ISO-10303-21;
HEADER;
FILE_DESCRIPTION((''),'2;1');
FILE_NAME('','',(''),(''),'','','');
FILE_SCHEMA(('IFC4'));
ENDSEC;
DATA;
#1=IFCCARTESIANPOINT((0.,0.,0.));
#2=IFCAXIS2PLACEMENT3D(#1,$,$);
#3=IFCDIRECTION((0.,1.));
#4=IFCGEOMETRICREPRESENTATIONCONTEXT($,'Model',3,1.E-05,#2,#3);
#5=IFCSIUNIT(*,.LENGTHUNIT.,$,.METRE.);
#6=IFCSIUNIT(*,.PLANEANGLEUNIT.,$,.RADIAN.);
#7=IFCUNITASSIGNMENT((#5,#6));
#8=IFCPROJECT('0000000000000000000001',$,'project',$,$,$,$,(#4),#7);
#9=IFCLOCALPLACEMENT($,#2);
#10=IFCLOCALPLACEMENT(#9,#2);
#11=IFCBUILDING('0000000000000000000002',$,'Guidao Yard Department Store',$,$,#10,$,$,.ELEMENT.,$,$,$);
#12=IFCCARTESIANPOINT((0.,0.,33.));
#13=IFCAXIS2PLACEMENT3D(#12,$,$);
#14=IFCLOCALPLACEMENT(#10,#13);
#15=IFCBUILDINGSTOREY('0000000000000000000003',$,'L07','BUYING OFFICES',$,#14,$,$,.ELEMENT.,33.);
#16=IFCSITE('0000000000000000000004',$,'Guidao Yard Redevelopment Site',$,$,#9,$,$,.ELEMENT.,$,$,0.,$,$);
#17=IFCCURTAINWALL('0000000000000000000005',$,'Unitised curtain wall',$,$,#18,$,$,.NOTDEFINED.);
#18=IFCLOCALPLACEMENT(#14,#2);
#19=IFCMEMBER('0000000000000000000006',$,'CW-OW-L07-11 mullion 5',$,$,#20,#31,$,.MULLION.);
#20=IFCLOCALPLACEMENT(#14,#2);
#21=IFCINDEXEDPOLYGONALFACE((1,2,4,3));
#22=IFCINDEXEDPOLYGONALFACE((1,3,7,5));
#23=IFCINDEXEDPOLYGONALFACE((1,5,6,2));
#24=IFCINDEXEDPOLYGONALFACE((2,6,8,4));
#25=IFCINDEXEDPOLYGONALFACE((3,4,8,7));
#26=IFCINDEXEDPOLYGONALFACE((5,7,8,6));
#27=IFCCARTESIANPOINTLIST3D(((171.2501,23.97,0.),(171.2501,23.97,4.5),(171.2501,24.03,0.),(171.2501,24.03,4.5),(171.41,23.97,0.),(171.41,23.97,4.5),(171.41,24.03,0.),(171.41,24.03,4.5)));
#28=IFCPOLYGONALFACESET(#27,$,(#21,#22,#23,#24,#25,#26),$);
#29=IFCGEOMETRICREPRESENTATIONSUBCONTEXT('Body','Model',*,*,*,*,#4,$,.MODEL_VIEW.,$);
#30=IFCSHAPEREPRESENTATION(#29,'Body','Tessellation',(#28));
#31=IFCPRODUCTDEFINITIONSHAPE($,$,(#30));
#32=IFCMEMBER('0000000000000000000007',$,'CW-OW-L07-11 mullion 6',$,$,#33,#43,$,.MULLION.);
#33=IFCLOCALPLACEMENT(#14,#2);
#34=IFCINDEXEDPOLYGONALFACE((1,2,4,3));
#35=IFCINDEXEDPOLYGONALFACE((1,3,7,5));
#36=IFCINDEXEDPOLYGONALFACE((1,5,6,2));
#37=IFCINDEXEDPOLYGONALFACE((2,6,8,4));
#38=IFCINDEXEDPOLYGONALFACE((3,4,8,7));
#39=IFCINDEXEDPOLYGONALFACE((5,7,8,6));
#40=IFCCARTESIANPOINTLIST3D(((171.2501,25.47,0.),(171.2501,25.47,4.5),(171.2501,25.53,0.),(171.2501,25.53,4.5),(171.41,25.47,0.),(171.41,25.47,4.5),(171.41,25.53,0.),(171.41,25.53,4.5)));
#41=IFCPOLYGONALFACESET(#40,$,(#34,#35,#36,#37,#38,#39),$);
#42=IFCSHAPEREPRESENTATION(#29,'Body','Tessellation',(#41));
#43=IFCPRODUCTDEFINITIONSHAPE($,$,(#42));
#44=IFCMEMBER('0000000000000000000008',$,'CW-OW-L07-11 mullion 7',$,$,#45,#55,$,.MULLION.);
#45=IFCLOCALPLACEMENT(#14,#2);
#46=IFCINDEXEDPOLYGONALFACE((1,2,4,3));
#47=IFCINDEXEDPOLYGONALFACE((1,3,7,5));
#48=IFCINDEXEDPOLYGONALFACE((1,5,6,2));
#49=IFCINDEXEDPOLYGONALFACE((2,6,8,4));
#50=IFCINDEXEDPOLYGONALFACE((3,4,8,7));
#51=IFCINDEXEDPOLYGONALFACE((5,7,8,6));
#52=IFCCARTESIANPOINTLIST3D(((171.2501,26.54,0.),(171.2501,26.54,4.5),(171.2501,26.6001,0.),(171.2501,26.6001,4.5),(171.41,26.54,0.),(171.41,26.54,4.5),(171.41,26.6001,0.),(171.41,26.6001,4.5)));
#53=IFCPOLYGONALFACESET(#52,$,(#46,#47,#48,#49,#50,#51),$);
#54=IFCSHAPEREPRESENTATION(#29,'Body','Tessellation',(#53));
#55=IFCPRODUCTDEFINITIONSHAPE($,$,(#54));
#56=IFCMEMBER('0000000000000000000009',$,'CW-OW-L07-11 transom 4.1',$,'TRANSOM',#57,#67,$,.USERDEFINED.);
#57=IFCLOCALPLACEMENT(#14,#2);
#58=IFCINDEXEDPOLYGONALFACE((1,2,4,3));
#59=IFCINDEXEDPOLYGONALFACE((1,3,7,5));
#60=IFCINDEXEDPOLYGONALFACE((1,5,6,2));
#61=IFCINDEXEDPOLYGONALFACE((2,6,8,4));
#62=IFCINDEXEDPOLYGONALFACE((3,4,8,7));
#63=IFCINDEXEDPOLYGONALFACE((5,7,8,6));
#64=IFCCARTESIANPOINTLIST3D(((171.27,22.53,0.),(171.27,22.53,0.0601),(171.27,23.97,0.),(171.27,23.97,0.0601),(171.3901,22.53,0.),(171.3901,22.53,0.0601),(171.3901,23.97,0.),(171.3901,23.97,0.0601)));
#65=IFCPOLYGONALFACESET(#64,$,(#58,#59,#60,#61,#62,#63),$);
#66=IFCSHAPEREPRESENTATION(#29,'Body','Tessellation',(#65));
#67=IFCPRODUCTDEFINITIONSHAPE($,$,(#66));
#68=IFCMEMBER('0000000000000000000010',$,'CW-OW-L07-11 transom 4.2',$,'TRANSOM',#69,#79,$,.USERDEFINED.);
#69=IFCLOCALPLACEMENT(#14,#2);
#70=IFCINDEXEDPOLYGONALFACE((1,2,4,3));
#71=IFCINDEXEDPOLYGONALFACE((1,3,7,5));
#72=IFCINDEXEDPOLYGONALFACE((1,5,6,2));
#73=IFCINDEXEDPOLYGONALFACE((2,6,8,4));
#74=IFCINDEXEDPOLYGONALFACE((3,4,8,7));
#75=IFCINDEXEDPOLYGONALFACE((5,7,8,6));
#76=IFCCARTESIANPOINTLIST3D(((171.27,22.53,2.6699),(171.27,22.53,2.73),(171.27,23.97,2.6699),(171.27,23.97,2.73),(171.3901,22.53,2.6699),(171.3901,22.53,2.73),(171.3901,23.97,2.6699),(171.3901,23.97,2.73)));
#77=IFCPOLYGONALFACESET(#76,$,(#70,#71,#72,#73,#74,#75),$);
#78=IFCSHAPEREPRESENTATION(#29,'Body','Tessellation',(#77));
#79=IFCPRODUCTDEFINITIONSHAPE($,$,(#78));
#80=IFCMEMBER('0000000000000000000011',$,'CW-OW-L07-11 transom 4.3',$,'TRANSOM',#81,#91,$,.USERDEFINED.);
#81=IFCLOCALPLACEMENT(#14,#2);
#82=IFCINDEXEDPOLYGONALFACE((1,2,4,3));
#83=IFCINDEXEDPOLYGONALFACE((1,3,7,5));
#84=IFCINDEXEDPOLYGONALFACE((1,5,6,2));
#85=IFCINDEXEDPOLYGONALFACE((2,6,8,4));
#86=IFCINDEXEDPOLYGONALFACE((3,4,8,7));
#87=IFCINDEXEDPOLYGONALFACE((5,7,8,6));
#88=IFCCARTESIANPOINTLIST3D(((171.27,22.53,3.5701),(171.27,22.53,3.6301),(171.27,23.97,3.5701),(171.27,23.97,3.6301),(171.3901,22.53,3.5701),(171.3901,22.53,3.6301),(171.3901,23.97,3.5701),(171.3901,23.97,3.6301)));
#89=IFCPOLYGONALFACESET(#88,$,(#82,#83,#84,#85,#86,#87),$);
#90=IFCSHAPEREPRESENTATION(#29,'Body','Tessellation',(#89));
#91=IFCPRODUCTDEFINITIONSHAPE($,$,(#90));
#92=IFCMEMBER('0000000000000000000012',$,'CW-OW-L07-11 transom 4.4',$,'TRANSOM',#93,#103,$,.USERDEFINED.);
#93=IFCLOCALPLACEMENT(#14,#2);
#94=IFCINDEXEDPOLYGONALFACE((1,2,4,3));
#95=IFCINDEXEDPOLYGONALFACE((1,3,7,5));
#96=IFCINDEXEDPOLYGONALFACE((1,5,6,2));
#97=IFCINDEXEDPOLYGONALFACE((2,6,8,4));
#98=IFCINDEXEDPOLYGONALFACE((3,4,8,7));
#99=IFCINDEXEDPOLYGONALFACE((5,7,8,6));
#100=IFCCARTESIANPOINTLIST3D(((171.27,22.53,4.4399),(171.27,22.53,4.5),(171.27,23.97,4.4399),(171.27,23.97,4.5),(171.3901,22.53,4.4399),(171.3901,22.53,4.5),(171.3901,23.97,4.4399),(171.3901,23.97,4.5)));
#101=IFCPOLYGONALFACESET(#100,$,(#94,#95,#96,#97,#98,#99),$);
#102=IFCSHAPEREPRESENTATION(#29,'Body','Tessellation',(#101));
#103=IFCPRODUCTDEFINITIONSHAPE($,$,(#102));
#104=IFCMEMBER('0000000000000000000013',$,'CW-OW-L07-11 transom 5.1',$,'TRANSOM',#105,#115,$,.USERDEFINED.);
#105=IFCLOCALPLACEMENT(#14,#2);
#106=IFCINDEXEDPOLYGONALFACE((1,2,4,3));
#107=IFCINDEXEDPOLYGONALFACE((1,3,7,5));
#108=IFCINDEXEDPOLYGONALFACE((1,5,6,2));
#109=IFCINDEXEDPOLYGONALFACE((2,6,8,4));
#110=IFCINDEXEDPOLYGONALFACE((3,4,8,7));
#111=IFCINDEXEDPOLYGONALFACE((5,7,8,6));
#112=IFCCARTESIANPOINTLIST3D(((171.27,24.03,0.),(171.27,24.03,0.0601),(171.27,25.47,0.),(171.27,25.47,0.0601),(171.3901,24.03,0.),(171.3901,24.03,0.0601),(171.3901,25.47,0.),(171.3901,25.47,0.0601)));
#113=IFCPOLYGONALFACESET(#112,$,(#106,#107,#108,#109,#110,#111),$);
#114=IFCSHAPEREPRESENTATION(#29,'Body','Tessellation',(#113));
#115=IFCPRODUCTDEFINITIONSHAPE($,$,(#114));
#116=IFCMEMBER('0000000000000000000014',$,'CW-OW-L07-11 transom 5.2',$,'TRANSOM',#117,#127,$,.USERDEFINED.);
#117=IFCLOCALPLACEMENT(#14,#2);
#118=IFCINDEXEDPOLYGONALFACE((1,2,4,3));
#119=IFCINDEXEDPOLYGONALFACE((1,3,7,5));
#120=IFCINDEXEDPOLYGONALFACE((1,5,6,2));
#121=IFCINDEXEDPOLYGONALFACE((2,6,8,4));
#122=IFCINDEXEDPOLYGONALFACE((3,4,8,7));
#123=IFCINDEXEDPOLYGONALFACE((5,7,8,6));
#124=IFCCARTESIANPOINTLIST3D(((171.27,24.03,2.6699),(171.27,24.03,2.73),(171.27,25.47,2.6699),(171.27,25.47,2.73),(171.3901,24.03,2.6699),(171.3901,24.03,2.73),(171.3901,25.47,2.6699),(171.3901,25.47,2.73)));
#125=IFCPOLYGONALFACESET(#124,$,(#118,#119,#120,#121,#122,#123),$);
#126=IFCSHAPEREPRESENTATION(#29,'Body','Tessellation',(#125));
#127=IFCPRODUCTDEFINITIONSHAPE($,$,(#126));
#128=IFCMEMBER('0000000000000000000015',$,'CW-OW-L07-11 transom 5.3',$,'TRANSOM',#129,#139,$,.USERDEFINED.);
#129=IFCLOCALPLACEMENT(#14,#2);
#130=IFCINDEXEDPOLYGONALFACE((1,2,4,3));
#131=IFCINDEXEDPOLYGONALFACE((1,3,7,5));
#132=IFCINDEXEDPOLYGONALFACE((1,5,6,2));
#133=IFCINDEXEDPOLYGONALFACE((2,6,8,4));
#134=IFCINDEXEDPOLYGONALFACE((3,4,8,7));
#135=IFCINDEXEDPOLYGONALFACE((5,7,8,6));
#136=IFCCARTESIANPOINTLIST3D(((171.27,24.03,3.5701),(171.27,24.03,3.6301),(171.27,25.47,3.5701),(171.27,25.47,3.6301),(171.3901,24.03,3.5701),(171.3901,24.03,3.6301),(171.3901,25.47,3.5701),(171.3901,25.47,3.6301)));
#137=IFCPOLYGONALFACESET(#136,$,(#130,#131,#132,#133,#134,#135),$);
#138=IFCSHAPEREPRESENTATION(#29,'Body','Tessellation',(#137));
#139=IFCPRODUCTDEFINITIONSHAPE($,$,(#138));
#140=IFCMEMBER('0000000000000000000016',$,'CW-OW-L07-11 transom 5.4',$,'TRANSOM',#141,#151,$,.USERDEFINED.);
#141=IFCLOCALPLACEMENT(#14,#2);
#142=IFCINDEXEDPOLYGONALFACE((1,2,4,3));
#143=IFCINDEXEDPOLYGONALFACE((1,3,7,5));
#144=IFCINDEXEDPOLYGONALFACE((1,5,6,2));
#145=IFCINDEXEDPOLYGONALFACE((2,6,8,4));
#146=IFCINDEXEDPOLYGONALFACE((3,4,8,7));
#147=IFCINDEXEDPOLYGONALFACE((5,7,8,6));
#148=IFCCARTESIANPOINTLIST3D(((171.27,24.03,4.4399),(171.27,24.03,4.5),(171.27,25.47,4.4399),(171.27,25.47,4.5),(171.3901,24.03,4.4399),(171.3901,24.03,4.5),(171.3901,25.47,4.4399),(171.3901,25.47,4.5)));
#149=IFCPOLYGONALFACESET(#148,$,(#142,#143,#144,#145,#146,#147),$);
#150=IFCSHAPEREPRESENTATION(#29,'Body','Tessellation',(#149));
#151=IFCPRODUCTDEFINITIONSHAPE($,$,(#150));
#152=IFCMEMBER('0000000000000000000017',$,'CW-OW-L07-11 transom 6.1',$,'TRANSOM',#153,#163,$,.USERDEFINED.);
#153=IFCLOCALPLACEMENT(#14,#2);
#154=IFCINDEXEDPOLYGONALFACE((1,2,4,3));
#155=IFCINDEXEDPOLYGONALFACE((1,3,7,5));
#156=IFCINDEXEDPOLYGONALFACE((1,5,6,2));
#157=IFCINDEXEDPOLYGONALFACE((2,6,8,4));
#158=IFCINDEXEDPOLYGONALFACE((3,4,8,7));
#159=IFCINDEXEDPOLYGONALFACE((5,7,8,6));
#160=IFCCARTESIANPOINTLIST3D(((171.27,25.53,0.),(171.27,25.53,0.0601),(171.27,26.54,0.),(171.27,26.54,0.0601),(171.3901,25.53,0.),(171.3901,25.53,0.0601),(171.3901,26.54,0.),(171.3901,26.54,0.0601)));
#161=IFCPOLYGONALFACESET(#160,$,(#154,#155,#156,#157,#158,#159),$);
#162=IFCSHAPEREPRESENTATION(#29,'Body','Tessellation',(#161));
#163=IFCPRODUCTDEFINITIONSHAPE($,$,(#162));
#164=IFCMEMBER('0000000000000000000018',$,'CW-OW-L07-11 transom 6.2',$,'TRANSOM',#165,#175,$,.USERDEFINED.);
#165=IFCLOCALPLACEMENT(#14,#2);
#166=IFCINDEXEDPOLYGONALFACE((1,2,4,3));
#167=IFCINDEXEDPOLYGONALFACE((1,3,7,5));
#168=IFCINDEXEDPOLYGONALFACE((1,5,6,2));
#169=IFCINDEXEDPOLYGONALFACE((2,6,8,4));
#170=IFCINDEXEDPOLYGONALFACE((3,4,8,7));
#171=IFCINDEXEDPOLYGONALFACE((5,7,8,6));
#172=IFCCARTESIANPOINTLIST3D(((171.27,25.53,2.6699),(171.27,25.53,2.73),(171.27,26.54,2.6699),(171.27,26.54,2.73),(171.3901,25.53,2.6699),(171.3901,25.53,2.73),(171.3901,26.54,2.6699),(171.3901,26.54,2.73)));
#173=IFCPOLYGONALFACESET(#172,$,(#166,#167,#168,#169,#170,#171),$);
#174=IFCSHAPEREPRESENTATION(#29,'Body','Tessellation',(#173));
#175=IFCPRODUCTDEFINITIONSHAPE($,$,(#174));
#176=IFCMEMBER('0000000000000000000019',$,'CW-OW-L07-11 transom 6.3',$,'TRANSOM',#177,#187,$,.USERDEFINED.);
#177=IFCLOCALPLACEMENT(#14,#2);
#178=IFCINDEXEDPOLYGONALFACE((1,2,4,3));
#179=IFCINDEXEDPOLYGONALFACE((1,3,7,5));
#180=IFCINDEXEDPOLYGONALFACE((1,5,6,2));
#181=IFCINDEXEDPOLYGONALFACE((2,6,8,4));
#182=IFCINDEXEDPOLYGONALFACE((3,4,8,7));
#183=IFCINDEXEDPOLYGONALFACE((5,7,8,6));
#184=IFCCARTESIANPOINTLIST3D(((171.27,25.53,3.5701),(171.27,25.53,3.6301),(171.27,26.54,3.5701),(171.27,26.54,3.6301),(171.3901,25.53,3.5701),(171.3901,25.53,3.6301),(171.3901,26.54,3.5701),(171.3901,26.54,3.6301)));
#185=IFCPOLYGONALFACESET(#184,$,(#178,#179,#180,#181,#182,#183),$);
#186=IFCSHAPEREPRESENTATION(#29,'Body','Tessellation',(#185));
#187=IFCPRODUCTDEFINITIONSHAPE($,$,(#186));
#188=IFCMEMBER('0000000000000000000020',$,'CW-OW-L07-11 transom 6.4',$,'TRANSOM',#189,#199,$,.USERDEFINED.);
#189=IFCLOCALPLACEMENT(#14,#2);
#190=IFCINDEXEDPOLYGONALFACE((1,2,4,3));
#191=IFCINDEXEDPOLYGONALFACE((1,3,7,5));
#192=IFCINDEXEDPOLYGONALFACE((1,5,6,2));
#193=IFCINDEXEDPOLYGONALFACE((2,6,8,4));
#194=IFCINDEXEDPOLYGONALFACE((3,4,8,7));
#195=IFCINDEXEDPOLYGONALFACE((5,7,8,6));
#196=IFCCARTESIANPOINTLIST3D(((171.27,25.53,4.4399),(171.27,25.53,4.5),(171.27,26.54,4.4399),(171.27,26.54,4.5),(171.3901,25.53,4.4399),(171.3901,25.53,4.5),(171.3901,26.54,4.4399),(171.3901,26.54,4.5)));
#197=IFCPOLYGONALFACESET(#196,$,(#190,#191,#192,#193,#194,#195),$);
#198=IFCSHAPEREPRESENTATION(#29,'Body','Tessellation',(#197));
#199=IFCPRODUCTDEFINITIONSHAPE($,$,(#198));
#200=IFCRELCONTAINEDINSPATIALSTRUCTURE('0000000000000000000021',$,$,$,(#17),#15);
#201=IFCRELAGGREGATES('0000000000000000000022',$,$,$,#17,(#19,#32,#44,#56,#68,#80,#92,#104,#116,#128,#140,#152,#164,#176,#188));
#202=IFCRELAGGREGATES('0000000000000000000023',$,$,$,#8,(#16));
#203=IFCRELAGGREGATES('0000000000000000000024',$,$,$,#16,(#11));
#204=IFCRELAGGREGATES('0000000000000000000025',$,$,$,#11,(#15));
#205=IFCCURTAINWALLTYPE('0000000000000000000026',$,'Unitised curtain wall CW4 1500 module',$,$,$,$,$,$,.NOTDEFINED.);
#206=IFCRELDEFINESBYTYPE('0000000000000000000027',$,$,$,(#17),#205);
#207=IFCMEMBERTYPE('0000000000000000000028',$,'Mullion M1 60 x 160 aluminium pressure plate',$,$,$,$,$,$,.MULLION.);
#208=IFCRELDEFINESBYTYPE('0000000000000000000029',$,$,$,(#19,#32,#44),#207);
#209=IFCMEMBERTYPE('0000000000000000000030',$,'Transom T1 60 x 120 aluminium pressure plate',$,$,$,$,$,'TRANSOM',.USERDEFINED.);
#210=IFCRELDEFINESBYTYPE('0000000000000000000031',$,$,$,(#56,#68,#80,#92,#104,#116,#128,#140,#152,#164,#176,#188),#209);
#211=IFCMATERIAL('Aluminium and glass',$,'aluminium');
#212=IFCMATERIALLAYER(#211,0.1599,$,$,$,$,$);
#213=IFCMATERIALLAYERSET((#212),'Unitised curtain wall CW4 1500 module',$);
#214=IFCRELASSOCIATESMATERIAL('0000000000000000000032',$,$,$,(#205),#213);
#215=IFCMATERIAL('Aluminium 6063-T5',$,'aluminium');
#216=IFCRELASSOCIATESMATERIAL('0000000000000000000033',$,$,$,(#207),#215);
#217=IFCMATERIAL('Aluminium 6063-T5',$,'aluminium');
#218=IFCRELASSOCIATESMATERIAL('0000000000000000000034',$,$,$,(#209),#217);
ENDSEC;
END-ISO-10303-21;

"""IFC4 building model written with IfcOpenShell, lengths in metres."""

from ifc_helpers import new_model, si_unit, direction, frame, origin, origin_2d, place, context, subcontext, project, spatial, rectangle, extrude, material, layer, layer_set, material_profile, profile_set, type_object, element, aggregate, save


model = new_model("IFC4")

# Units and contexts
model_context = context("Model", 3, precision=1e-05, world=origin(), true_north=direction((0.0, 1.0)))
body_context = subcontext(model_context, "Body", "Model", "MODEL_VIEW")
ifc_project = project(units=[si_unit("LENGTHUNIT", "METRE"), si_unit("PLANEANGLEUNIT", "RADIAN")], contexts=[model_context])

# Site, building, storey
site_placement = place(None, origin())
site = spatial("IfcSite", under=ifc_project, at=site_placement, Name="Guidao Yard Redevelopment Site", CompositionType="ELEMENT", RefElevation=0.0)
building_placement = place(site_placement, origin())
building = spatial("IfcBuilding", under=site, at=building_placement, Name="Guidao Yard Department Store", CompositionType="ELEMENT")
storey_placement = place(building_placement, frame((0.0, 0.0, 33.0)))
storey = spatial("IfcBuildingStorey", under=building, at=storey_placement, Name="L07", Description="BUYING OFFICES", CompositionType="ELEMENT", Elevation=33.0)

# Curtain wall, members
ifc_material_1 = material(Name="Aluminium and glass", Category="aluminium")
ifc_layer_1 = layer(ifc_material_1, 0.1599)
ifc_layer_set_1 = layer_set([ifc_layer_1], Name="Unitised curtain wall CW4 1500 module")
curtain_wall_type = type_object("IfcCurtainWallType", Name="Unitised curtain wall CW4 1500 module", PredefinedType="NOTDEFINED", material=ifc_layer_set_1)
curtain_wall_placement = place(storey_placement, origin())
curtain_wall = element("IfcCurtainWall", 1, at=curtain_wall_placement, inside=storey, type_object=curtain_wall_type, Name="Unitised curtain wall", PredefinedType="NOTDEFINED")
ifc_material_2 = material(Name="Aluminium 6063-T5", Category="aluminium")
ifc_material_profile_1 = material_profile(ifc_material_2, rectangle(XDim=0.0601, YDim=0.1599, at=origin_2d()), Name="Mullion M1 60 x 160 aluminium pressure plate")
ifc_profile_set_1 = profile_set([ifc_material_profile_1], Name="Aluminium 6063-T5")
member_type_1 = type_object("IfcMemberType", Name="Mullion M1 60 x 160 aluminium pressure plate", PredefinedType="MULLION", material=ifc_profile_set_1)
member_1_placement = place(storey_placement, frame((171.3301, 24.0, 0.0), z_axis=(0.0, 0.0, 1.0), x_axis=(0.0, -1.0, 0.0)))
member_1 = element("IfcMember", 2, at=member_1_placement, type_object=member_type_1, Name="CW-OW-L07-11 mullion 5", PredefinedType="MULLION", context=body_context, shape_type="SweptSolid", body=[
    extrude(rectangle(XDim=0.0601, YDim=0.1599, at=origin_2d()), origin(), (0.0, 0.0, 1.0), 4.5),
])
member_2_placement = place(storey_placement, frame((171.3301, 25.5, 0.0), z_axis=(0.0, 0.0, 1.0), x_axis=(0.0, -1.0, 0.0)))
member_2 = element("IfcMember", 3, at=member_2_placement, type_object=member_type_1, Name="CW-OW-L07-11 mullion 6", PredefinedType="MULLION", context=body_context, shape_type="SweptSolid", body=[
    extrude(rectangle(XDim=0.0601, YDim=0.1599, at=origin_2d()), origin(), (0.0, 0.0, 1.0), 4.5),
])
member_3_placement = place(storey_placement, frame((171.3301, 26.5701, 0.0), z_axis=(0.0, 0.0, 1.0), x_axis=(0.0, -1.0, 0.0)))
member_3 = element("IfcMember", 4, at=member_3_placement, type_object=member_type_1, Name="CW-OW-L07-11 mullion 7", PredefinedType="MULLION", context=body_context, shape_type="SweptSolid", body=[
    extrude(rectangle(XDim=0.0601, YDim=0.1599, at=origin_2d()), origin(), (0.0, 0.0, 1.0), 4.5),
])
ifc_material_3 = material(Name="Aluminium 6063-T5", Category="aluminium")
ifc_material_profile_2 = material_profile(ifc_material_3, rectangle(XDim=0.1201, YDim=0.0601, at=origin_2d()), Name="Transom T1 60 x 120 aluminium pressure plate")
ifc_profile_set_2 = profile_set([ifc_material_profile_2], Name="Aluminium 6063-T5")
member_type_2 = type_object("IfcMemberType", Name="Transom T1 60 x 120 aluminium pressure plate", ElementType="TRANSOM", PredefinedType="USERDEFINED", material=ifc_profile_set_2)
member_4_placement = place(storey_placement, frame((171.3301, 23.97, 0.03), z_axis=(0.0, -1.0, 0.0), x_axis=(1.0, 0.0, 0.0)))
member_4 = element("IfcMember", 5, at=member_4_placement, type_object=member_type_2, Name="CW-OW-L07-11 transom 4.1", ObjectType="TRANSOM", PredefinedType="USERDEFINED", context=body_context, shape_type="SweptSolid", body=[
    extrude(rectangle(XDim=0.1201, YDim=0.0601, at=origin_2d()), origin(), (0.0, 0.0, 1.0), 1.4399),
])
member_5_placement = place(storey_placement, frame((171.3301, 23.97, 2.7), z_axis=(0.0, -1.0, 0.0), x_axis=(1.0, 0.0, 0.0)))
member_5 = element("IfcMember", 6, at=member_5_placement, type_object=member_type_2, Name="CW-OW-L07-11 transom 4.2", ObjectType="TRANSOM", PredefinedType="USERDEFINED", context=body_context, shape_type="SweptSolid", body=[
    extrude(rectangle(XDim=0.1201, YDim=0.0601, at=origin_2d()), origin(), (0.0, 0.0, 1.0), 1.4399),
])
member_6_placement = place(storey_placement, frame((171.3301, 23.97, 3.6001), z_axis=(0.0, -1.0, 0.0), x_axis=(1.0, 0.0, 0.0)))
member_6 = element("IfcMember", 7, at=member_6_placement, type_object=member_type_2, Name="CW-OW-L07-11 transom 4.3", ObjectType="TRANSOM", PredefinedType="USERDEFINED", context=body_context, shape_type="SweptSolid", body=[
    extrude(rectangle(XDim=0.1201, YDim=0.0601, at=origin_2d()), origin(), (0.0, 0.0, 1.0), 1.4399),
])
member_7_placement = place(storey_placement, frame((171.3301, 23.97, 4.47), z_axis=(0.0, -1.0, 0.0), x_axis=(1.0, 0.0, 0.0)))
member_7 = element("IfcMember", 8, at=member_7_placement, type_object=member_type_2, Name="CW-OW-L07-11 transom 4.4", ObjectType="TRANSOM", PredefinedType="USERDEFINED", context=body_context, shape_type="SweptSolid", body=[
    extrude(rectangle(XDim=0.1201, YDim=0.0601, at=origin_2d()), origin(), (0.0, 0.0, 1.0), 1.4399),
])
member_8_placement = place(storey_placement, frame((171.3301, 25.47, 0.03), z_axis=(0.0, -1.0, 0.0), x_axis=(1.0, 0.0, 0.0)))
member_8 = element("IfcMember", 9, at=member_8_placement, type_object=member_type_2, Name="CW-OW-L07-11 transom 5.1", ObjectType="TRANSOM", PredefinedType="USERDEFINED", context=body_context, shape_type="SweptSolid", body=[
    extrude(rectangle(XDim=0.1201, YDim=0.0601, at=origin_2d()), origin(), (0.0, 0.0, 1.0), 1.4399),
])
member_9_placement = place(storey_placement, frame((171.3301, 25.47, 2.7), z_axis=(0.0, -1.0, 0.0), x_axis=(1.0, 0.0, 0.0)))
member_9 = element("IfcMember", 10, at=member_9_placement, type_object=member_type_2, Name="CW-OW-L07-11 transom 5.2", ObjectType="TRANSOM", PredefinedType="USERDEFINED", context=body_context, shape_type="SweptSolid", body=[
    extrude(rectangle(XDim=0.1201, YDim=0.0601, at=origin_2d()), origin(), (0.0, 0.0, 1.0), 1.4399),
])
member_10_placement = place(storey_placement, frame((171.3301, 25.47, 3.6001), z_axis=(0.0, -1.0, 0.0), x_axis=(1.0, 0.0, 0.0)))
member_10 = element("IfcMember", 11, at=member_10_placement, type_object=member_type_2, Name="CW-OW-L07-11 transom 5.3", ObjectType="TRANSOM", PredefinedType="USERDEFINED", context=body_context, shape_type="SweptSolid", body=[
    extrude(rectangle(XDim=0.1201, YDim=0.0601, at=origin_2d()), origin(), (0.0, 0.0, 1.0), 1.4399),
])
member_11_placement = place(storey_placement, frame((171.3301, 25.47, 4.47), z_axis=(0.0, -1.0, 0.0), x_axis=(1.0, 0.0, 0.0)))
member_11 = element("IfcMember", 12, at=member_11_placement, type_object=member_type_2, Name="CW-OW-L07-11 transom 5.4", ObjectType="TRANSOM", PredefinedType="USERDEFINED", context=body_context, shape_type="SweptSolid", body=[
    extrude(rectangle(XDim=0.1201, YDim=0.0601, at=origin_2d()), origin(), (0.0, 0.0, 1.0), 1.4399),
])
member_12_placement = place(storey_placement, frame((171.3301, 26.54, 0.03), z_axis=(0.0, -1.0, 0.0), x_axis=(1.0, 0.0, 0.0)))
member_12 = element("IfcMember", 13, at=member_12_placement, type_object=member_type_2, Name="CW-OW-L07-11 transom 6.1", ObjectType="TRANSOM", PredefinedType="USERDEFINED", context=body_context, shape_type="SweptSolid", body=[
    extrude(rectangle(XDim=0.1201, YDim=0.0601, at=origin_2d()), origin(), (0.0, 0.0, 1.0), 1.01),
])
member_13_placement = place(storey_placement, frame((171.3301, 26.54, 2.7), z_axis=(0.0, -1.0, 0.0), x_axis=(1.0, 0.0, 0.0)))
member_13 = element("IfcMember", 14, at=member_13_placement, type_object=member_type_2, Name="CW-OW-L07-11 transom 6.2", ObjectType="TRANSOM", PredefinedType="USERDEFINED", context=body_context, shape_type="SweptSolid", body=[
    extrude(rectangle(XDim=0.1201, YDim=0.0601, at=origin_2d()), origin(), (0.0, 0.0, 1.0), 1.01),
])
member_14_placement = place(storey_placement, frame((171.3301, 26.54, 3.6001), z_axis=(0.0, -1.0, 0.0), x_axis=(1.0, 0.0, 0.0)))
member_14 = element("IfcMember", 15, at=member_14_placement, type_object=member_type_2, Name="CW-OW-L07-11 transom 6.3", ObjectType="TRANSOM", PredefinedType="USERDEFINED", context=body_context, shape_type="SweptSolid", body=[
    extrude(rectangle(XDim=0.1201, YDim=0.0601, at=origin_2d()), origin(), (0.0, 0.0, 1.0), 1.01),
])
member_15_placement = place(storey_placement, frame((171.3301, 26.54, 4.47), z_axis=(0.0, -1.0, 0.0), x_axis=(1.0, 0.0, 0.0)))
member_15 = element("IfcMember", 16, at=member_15_placement, type_object=member_type_2, Name="CW-OW-L07-11 transom 6.4", ObjectType="TRANSOM", PredefinedType="USERDEFINED", context=body_context, shape_type="SweptSolid", body=[
    extrude(rectangle(XDim=0.1201, YDim=0.0601, at=origin_2d()), origin(), (0.0, 0.0, 1.0), 1.01),
])
aggregate(curtain_wall, [member_1, member_2, member_3, member_4, member_5, member_6, member_7, member_8, member_9, member_10, member_11, member_12, member_13, member_14, member_15])

save(model, "model.ifc")
